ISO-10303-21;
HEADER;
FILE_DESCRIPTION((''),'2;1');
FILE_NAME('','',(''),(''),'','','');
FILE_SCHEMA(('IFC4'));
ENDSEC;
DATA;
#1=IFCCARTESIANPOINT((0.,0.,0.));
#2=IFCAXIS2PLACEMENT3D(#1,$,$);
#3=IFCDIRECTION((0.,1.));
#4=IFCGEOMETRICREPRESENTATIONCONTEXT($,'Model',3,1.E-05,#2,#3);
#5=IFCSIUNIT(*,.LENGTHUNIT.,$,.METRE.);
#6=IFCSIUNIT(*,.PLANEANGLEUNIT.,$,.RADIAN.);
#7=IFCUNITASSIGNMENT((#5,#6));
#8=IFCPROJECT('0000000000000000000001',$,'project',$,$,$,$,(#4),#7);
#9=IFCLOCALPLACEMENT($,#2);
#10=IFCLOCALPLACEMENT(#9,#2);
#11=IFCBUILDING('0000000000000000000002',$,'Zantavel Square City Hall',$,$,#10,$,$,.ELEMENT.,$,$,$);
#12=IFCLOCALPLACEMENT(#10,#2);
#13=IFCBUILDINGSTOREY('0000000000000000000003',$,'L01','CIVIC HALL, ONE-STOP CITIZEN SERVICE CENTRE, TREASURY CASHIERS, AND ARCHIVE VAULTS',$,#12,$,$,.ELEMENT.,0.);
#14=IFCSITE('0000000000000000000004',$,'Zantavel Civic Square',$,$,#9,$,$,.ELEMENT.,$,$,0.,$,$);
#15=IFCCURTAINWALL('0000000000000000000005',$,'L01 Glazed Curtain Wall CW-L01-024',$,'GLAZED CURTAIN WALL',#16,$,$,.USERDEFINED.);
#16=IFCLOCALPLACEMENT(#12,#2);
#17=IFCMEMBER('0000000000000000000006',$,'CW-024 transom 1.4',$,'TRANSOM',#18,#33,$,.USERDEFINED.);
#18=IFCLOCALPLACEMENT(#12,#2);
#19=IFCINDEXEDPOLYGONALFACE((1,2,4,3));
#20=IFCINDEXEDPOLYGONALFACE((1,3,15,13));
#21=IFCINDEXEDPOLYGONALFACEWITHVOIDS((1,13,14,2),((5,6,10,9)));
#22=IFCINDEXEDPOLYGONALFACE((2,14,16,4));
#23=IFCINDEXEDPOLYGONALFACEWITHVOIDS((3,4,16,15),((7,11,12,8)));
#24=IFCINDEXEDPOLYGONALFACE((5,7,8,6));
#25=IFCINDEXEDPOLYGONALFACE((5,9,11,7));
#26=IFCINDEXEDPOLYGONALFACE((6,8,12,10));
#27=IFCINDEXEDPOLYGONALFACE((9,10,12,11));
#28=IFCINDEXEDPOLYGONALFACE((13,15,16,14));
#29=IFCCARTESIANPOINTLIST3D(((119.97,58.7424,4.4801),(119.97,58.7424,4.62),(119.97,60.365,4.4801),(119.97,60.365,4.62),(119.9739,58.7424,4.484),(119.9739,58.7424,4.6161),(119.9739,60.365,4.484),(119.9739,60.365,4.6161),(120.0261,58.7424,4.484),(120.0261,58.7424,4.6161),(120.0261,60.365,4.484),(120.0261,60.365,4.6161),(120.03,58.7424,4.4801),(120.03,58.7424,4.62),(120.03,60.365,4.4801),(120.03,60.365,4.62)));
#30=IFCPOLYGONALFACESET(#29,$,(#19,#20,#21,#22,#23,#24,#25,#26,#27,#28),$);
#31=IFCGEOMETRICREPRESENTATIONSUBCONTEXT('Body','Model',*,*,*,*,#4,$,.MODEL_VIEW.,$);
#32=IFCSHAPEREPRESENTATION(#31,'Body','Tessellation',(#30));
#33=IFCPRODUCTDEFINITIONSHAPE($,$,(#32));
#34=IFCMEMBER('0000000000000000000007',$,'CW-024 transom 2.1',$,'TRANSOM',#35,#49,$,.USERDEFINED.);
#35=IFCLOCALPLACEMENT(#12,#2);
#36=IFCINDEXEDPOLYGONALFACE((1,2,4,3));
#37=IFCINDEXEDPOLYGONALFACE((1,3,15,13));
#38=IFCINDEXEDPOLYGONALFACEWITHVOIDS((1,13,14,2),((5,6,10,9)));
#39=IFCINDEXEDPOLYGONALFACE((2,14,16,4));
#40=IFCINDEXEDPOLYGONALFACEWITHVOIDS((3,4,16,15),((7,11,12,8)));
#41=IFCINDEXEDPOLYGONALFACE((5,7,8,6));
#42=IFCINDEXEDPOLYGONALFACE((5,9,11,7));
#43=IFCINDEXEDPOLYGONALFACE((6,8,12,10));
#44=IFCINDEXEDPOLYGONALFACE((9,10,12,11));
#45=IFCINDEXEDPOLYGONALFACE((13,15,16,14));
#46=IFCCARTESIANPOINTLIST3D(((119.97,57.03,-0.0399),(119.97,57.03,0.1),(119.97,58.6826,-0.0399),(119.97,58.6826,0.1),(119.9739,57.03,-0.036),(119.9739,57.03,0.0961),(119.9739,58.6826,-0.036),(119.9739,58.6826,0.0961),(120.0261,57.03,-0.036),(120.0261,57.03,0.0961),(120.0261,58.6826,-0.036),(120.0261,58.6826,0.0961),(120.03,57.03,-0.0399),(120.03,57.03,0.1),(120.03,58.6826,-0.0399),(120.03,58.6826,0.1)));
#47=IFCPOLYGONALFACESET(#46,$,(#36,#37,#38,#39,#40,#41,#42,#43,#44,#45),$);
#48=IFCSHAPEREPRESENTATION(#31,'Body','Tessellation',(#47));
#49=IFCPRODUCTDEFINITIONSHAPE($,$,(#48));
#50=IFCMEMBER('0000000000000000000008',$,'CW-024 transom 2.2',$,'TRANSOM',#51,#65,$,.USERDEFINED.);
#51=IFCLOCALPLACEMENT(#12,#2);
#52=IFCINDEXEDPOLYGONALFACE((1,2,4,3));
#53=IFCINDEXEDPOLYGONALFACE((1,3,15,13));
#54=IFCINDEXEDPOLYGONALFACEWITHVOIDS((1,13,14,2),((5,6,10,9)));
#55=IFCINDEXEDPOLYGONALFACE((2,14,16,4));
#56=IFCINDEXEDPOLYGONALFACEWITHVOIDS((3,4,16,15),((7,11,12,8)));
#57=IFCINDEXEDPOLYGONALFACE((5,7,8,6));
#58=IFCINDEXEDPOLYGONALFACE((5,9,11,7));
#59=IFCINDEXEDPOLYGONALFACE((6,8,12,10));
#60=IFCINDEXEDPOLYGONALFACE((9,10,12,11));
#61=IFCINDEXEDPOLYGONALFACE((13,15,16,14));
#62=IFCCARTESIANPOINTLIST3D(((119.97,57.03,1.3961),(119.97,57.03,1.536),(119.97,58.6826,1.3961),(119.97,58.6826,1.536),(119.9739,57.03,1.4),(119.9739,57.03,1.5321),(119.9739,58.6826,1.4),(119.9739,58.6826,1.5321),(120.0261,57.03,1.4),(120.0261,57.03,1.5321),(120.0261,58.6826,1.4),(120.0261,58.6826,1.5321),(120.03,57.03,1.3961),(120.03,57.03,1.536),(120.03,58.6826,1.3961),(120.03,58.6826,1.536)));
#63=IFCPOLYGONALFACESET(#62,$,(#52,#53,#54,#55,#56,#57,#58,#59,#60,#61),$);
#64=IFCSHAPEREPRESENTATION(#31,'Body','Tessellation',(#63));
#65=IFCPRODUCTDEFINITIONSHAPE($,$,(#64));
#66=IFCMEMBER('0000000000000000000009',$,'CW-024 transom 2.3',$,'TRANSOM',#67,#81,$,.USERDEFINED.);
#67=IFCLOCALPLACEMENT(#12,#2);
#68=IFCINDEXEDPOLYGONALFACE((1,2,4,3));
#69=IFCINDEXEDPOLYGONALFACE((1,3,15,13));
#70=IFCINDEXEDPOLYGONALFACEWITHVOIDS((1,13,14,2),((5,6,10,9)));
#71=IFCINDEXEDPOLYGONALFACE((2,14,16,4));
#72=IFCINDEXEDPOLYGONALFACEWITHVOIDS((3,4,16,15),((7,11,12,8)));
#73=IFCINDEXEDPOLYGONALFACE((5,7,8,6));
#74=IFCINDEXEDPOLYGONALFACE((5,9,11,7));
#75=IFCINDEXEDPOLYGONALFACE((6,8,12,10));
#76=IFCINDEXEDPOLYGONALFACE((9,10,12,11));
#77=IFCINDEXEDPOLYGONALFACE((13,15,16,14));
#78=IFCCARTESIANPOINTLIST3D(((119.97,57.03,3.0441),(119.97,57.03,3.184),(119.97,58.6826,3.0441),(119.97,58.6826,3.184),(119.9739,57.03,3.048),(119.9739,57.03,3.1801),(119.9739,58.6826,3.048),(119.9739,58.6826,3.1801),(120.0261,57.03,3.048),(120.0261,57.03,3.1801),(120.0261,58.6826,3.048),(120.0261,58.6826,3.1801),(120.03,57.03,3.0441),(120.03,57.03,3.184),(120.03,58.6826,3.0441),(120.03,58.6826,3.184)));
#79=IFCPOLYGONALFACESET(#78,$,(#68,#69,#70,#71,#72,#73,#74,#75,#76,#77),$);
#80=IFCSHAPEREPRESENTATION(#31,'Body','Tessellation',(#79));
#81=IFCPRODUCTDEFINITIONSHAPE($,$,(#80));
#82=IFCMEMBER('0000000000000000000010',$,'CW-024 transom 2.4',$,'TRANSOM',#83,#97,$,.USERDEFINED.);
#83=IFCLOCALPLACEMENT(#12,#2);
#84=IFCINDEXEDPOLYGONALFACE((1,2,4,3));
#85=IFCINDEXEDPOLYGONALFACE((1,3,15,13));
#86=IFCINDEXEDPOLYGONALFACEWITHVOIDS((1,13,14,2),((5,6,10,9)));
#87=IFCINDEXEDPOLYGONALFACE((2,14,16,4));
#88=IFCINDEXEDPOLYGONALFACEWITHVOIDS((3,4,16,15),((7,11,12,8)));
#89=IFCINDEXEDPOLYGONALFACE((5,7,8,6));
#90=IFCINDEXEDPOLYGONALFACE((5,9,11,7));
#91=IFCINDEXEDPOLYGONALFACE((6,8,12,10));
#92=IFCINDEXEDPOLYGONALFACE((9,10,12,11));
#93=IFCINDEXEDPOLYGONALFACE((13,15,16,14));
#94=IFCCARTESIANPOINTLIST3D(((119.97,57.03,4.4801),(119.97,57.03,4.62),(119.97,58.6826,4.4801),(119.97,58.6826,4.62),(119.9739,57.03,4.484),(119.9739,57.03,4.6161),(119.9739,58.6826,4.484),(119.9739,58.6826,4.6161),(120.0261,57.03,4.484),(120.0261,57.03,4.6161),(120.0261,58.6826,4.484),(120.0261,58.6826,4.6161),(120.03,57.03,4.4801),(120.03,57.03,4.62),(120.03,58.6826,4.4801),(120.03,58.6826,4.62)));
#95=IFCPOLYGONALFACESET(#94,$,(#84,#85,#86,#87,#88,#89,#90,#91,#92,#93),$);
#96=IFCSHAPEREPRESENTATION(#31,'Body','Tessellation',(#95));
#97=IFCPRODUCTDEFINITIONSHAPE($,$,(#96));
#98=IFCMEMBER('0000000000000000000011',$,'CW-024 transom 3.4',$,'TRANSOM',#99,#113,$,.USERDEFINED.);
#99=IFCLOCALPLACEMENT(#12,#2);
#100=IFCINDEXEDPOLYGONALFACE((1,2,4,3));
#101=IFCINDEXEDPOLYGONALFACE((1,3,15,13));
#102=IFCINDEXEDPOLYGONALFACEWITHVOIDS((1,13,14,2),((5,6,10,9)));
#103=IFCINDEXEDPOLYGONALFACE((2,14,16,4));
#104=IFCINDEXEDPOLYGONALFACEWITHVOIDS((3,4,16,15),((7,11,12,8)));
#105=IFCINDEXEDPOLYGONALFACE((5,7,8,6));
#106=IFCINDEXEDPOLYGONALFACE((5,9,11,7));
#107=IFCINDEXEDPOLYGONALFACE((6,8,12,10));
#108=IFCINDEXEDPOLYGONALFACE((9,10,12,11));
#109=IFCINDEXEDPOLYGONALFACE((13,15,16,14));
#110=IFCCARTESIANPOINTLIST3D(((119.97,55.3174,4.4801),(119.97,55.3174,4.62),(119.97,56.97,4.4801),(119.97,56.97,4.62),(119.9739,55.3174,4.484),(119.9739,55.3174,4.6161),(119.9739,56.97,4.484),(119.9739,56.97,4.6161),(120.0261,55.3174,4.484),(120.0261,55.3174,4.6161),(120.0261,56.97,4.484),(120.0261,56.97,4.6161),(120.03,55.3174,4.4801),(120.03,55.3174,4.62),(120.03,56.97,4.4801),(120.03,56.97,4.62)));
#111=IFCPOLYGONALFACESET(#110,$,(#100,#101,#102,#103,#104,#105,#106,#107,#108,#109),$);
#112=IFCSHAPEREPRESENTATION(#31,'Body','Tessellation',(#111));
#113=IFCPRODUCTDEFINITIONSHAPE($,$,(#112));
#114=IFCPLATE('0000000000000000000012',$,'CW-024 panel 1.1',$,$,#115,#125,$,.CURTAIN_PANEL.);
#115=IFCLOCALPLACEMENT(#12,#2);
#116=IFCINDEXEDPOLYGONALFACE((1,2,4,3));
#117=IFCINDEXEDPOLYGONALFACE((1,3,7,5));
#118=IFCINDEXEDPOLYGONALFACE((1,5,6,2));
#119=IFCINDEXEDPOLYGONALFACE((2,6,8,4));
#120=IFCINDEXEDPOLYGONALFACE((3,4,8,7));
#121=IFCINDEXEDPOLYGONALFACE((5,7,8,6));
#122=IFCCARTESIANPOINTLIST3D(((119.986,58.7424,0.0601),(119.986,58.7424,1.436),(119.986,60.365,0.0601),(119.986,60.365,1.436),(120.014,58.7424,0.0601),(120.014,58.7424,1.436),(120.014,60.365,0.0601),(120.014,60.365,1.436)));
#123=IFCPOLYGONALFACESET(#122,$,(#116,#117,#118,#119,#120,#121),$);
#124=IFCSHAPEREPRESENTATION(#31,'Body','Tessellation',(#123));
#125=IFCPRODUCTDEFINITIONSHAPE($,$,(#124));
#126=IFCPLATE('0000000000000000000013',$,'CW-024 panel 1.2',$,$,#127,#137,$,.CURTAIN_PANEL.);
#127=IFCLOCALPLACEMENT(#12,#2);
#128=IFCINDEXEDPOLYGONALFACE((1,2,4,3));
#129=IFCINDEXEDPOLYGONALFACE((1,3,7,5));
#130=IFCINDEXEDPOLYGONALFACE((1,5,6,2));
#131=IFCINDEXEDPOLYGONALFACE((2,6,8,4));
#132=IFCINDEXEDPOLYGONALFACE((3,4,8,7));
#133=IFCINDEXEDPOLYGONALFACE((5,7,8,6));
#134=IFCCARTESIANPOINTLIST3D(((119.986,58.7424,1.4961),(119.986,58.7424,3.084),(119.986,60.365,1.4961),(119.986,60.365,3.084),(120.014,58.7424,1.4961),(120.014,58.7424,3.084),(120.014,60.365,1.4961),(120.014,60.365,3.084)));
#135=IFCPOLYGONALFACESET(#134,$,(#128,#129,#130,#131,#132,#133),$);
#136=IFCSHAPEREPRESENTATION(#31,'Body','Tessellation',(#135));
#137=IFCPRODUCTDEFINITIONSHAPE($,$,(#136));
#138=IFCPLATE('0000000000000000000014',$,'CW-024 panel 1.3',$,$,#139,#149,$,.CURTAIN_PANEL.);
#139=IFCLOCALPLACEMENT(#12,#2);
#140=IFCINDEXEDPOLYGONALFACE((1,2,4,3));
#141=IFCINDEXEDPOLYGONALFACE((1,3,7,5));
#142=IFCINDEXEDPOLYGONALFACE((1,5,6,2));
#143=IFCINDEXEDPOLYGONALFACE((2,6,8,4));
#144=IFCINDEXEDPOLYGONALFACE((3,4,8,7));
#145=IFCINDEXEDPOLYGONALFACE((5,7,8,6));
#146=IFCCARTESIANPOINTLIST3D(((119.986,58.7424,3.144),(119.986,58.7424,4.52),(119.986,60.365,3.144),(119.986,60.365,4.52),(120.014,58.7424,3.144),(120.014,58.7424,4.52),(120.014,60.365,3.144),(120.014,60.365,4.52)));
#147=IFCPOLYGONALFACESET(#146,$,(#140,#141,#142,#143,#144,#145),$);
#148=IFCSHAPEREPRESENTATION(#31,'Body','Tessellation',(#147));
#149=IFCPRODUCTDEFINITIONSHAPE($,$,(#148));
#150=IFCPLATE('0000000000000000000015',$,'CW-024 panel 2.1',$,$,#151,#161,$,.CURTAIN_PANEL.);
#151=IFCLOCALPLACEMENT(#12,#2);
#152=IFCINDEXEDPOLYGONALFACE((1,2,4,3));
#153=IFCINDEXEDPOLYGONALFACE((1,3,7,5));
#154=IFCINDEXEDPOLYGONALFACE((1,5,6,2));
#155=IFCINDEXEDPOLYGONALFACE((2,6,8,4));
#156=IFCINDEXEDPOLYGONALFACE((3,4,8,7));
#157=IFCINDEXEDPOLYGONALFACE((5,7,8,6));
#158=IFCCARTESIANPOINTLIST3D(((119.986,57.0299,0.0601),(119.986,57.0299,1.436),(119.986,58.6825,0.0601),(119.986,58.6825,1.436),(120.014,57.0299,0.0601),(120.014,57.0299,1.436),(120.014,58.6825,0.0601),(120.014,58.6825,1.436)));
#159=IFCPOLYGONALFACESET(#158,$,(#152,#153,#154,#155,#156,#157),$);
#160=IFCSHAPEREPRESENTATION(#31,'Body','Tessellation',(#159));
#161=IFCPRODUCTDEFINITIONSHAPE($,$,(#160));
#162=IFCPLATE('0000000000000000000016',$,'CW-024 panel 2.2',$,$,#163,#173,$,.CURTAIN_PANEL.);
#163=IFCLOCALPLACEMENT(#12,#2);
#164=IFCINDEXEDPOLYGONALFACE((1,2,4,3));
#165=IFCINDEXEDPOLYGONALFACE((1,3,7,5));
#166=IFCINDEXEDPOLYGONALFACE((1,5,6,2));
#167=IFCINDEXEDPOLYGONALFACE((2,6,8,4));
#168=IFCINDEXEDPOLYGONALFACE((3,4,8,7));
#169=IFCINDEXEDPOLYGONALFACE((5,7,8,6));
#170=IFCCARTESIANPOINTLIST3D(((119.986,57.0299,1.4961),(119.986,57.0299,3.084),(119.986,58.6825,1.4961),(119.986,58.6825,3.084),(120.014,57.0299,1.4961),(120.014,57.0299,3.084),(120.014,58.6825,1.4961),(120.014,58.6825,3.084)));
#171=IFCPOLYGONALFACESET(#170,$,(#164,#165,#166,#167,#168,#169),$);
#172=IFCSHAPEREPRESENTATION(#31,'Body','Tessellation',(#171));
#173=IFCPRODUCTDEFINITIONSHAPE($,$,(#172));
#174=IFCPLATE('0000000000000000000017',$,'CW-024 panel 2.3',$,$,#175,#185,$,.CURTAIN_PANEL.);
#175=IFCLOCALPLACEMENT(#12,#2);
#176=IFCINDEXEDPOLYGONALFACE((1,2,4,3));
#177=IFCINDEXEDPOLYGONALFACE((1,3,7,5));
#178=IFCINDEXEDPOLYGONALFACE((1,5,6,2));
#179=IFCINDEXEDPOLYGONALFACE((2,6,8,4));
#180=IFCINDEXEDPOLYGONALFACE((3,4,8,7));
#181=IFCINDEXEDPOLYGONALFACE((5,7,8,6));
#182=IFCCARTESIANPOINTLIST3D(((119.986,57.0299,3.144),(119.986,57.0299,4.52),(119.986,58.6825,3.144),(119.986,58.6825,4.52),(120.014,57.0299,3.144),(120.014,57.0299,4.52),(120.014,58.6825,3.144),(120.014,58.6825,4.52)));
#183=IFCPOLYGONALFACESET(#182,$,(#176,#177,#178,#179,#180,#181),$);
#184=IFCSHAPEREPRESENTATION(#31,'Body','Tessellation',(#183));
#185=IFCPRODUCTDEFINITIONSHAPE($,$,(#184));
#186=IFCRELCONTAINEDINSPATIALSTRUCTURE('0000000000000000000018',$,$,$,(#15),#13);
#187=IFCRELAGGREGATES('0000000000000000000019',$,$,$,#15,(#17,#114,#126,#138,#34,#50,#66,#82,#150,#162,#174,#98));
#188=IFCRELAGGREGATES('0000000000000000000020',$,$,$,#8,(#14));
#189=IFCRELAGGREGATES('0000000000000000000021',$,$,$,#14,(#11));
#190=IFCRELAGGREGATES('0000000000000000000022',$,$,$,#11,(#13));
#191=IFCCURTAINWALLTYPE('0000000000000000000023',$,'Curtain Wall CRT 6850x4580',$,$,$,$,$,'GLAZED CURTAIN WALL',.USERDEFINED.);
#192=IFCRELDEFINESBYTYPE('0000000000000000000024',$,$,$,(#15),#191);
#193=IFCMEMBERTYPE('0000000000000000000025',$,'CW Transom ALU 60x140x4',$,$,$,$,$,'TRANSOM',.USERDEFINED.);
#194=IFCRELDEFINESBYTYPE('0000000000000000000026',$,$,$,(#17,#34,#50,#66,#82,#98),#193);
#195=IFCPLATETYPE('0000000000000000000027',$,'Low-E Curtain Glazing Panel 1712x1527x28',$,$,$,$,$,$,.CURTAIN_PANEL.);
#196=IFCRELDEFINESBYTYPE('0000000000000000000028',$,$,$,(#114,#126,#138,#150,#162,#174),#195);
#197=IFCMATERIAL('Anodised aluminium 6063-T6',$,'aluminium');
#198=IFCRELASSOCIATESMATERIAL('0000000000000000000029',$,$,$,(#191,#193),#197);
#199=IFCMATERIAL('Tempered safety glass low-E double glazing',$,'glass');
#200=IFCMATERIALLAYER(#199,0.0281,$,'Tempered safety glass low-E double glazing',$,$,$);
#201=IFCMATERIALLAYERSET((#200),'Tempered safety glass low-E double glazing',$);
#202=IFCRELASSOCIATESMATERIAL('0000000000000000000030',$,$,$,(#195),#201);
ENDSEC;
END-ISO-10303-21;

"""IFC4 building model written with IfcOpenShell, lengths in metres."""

from ifc_helpers import new_model, si_unit, direction, frame, origin, origin_2d, place, context, subcontext, project, spatial, rectangle, hollow_rectangle, extrude, material, layer, layer_set, material_profile, profile_set, type_object, element, aggregate, save


model = new_model("IFC4")

# Units and contexts
model_context = context("Model", 3, precision=1e-05, world=origin(), true_north=direction((0.0, 1.0)))
body_context = subcontext(model_context, "Body", "Model", "MODEL_VIEW")
ifc_project = project(units=[si_unit("LENGTHUNIT", "METRE"), si_unit("PLANEANGLEUNIT", "RADIAN")], contexts=[model_context])

# Site, building, storey
site_placement = place(None, origin())
site = spatial("IfcSite", under=ifc_project, at=site_placement, Name="Zantavel Civic Square", CompositionType="ELEMENT", RefElevation=0.0)
building_placement = place(site_placement, origin())
building = spatial("IfcBuilding", under=site, at=building_placement, Name="Zantavel Square City Hall", CompositionType="ELEMENT")
storey_placement = place(building_placement, origin())
storey = spatial("IfcBuildingStorey", under=building, at=storey_placement, Name="L01", Description="CIVIC HALL, ONE-STOP CITIZEN SERVICE CENTRE, TREASURY CASHIERS, AND ARCHIVE VAULTS", CompositionType="ELEMENT", Elevation=0.0)

# Shared definitions
ifc_material_1 = material(Name="Anodised aluminium 6063-T6", Category="aluminium")
curtain_wall_type = type_object("IfcCurtainWallType", Name="Curtain Wall CRT 6850x4580", ElementType="GLAZED CURTAIN WALL", PredefinedType="USERDEFINED", material=ifc_material_1)

# Curtain wall, members, plates
curtain_wall_1_placement = place(storey_placement, origin())
curtain_wall_1 = element("IfcCurtainWall", 1, at=curtain_wall_1_placement, inside=storey, type_object=curtain_wall_type, Name="L01 Glazed Curtain Wall CW-L01-024", ObjectType="GLAZED CURTAIN WALL", PredefinedType="USERDEFINED")
ifc_material_profile_1 = material_profile(ifc_material_1, hollow_rectangle(XDim=0.0601, YDim=0.1399, WallThickness=0.0039, at=origin_2d()), Name="ALU 60x140x4")
ifc_profile_set_1 = profile_set([ifc_material_profile_1], Name="Anodised aluminium 6063-T6")
member_type_1 = type_object("IfcMemberType", Name="CW Transom ALU 60x140x4", ElementType="TRANSOM", PredefinedType="USERDEFINED", material=ifc_profile_set_1)
member_1_placement = place(storey_placement, frame((120.0, 60.365, 4.55), z_axis=(0.0, -1.0, 0.0), x_axis=(1.0, 0.0, 0.0)))
member_1 = element("IfcMember", 2, at=member_1_placement, type_object=member_type_1, Name="CW-024 transom 1.4", ObjectType="TRANSOM", PredefinedType="USERDEFINED", context=body_context, shape_type="SweptSolid", body=[
    extrude(hollow_rectangle(XDim=0.0601, YDim=0.1399, WallThickness=0.0039, at=origin_2d()), origin(), (0.0, 0.0, 1.0), 1.6226),
])
member_2_placement = place(storey_placement, frame((120.0, 58.6826, 0.03), z_axis=(0.0, -1.0, 0.0), x_axis=(1.0, 0.0, 0.0)))
member_2 = element("IfcMember", 3, at=member_2_placement, type_object=member_type_1, Name="CW-024 transom 2.1", ObjectType="TRANSOM", PredefinedType="USERDEFINED", context=body_context, shape_type="SweptSolid", body=[
    extrude(hollow_rectangle(XDim=0.0601, YDim=0.1399, WallThickness=0.0039, at=origin_2d()), origin(), (0.0, 0.0, 1.0), 1.6526),
])
member_3_placement = place(storey_placement, frame((120.0, 58.6826, 1.4661), z_axis=(0.0, -1.0, 0.0), x_axis=(1.0, 0.0, 0.0)))
member_3 = element("IfcMember", 4, at=member_3_placement, type_object=member_type_1, Name="CW-024 transom 2.2", ObjectType="TRANSOM", PredefinedType="USERDEFINED", context=body_context, shape_type="SweptSolid", body=[
    extrude(hollow_rectangle(XDim=0.0601, YDim=0.1399, WallThickness=0.0039, at=origin_2d()), origin(), (0.0, 0.0, 1.0), 1.6526),
])
member_4_placement = place(storey_placement, frame((120.0, 58.6826, 3.114), z_axis=(0.0, -1.0, 0.0), x_axis=(1.0, 0.0, 0.0)))
member_4 = element("IfcMember", 5, at=member_4_placement, type_object=member_type_1, Name="CW-024 transom 2.3", ObjectType="TRANSOM", PredefinedType="USERDEFINED", context=body_context, shape_type="SweptSolid", body=[
    extrude(hollow_rectangle(XDim=0.0601, YDim=0.1399, WallThickness=0.0039, at=origin_2d()), origin(), (0.0, 0.0, 1.0), 1.6526),
])
member_5_placement = place(storey_placement, frame((120.0, 58.6826, 4.55), z_axis=(0.0, -1.0, 0.0), x_axis=(1.0, 0.0, 0.0)))
member_5 = element("IfcMember", 6, at=member_5_placement, type_object=member_type_1, Name="CW-024 transom 2.4", ObjectType="TRANSOM", PredefinedType="USERDEFINED", context=body_context, shape_type="SweptSolid", body=[
    extrude(hollow_rectangle(XDim=0.0601, YDim=0.1399, WallThickness=0.0039, at=origin_2d()), origin(), (0.0, 0.0, 1.0), 1.6526),
])
member_6_placement = place(storey_placement, frame((120.0, 56.97, 4.55), z_axis=(0.0, -1.0, 0.0), x_axis=(1.0, 0.0, 0.0)))
member_6 = element("IfcMember", 7, at=member_6_placement, type_object=member_type_1, Name="CW-024 transom 3.4", ObjectType="TRANSOM", PredefinedType="USERDEFINED", context=body_context, shape_type="SweptSolid", body=[
    extrude(hollow_rectangle(XDim=0.0601, YDim=0.1399, WallThickness=0.0039, at=origin_2d()), origin(), (0.0, 0.0, 1.0), 1.6526),
])
ifc_material_2 = material(Name="Tempered safety glass low-E double glazing", Category="glass")
ifc_layer = layer(ifc_material_2, 0.0281, Name="Tempered safety glass low-E double glazing")
ifc_layer_set = layer_set([ifc_layer], Name="Tempered safety glass low-E double glazing")
plate_type = type_object("IfcPlateType", Name="Low-E Curtain Glazing Panel 1712x1527x28", PredefinedType="CURTAIN_PANEL", material=ifc_layer_set)
plate_1_placement = place(storey_placement, frame((120.0, 59.5537, 0.0601), z_axis=(0.0, 0.0, 1.0), x_axis=(0.0, -1.0, 0.0)))
plate_1 = element("IfcPlate", 8, at=plate_1_placement, type_object=plate_type, Name="CW-024 panel 1.1", PredefinedType="CURTAIN_PANEL", context=body_context, shape_type="SweptSolid", body=[
    extrude(rectangle(XDim=1.6226, YDim=0.0281, at=origin_2d()), origin(), (0.0, 0.0, 1.0), 1.376),
])
plate_2_placement = place(storey_placement, frame((120.0, 59.5537, 1.4961), z_axis=(0.0, 0.0, 1.0), x_axis=(0.0, -1.0, 0.0)))
plate_2 = element("IfcPlate", 9, at=plate_2_placement, type_object=plate_type, Name="CW-024 panel 1.2", PredefinedType="CURTAIN_PANEL", context=body_context, shape_type="SweptSolid", body=[
    extrude(rectangle(XDim=1.6226, YDim=0.0281, at=origin_2d()), origin(), (0.0, 0.0, 1.0), 1.5879),
])
plate_3_placement = place(storey_placement, frame((120.0, 59.5537, 3.144), z_axis=(0.0, 0.0, 1.0), x_axis=(0.0, -1.0, 0.0)))
plate_3 = element("IfcPlate", 10, at=plate_3_placement, type_object=plate_type, Name="CW-024 panel 1.3", PredefinedType="CURTAIN_PANEL", context=body_context, shape_type="SweptSolid", body=[
    extrude(rectangle(XDim=1.6226, YDim=0.0281, at=origin_2d()), origin(), (0.0, 0.0, 1.0), 1.376),
])
plate_4_placement = place(storey_placement, frame((120.0, 57.8562, 0.0601), z_axis=(0.0, 0.0, 1.0), x_axis=(0.0, -1.0, 0.0)))
plate_4 = element("IfcPlate", 11, at=plate_4_placement, type_object=plate_type, Name="CW-024 panel 2.1", PredefinedType="CURTAIN_PANEL", context=body_context, shape_type="SweptSolid", body=[
    extrude(rectangle(XDim=1.6526, YDim=0.0281, at=origin_2d()), origin(), (0.0, 0.0, 1.0), 1.376),
])
plate_5_placement = place(storey_placement, frame((120.0, 57.8562, 1.4961), z_axis=(0.0, 0.0, 1.0), x_axis=(0.0, -1.0, 0.0)))
plate_5 = element("IfcPlate", 12, at=plate_5_placement, type_object=plate_type, Name="CW-024 panel 2.2", PredefinedType="CURTAIN_PANEL", context=body_context, shape_type="SweptSolid", body=[
    extrude(rectangle(XDim=1.6526, YDim=0.0281, at=origin_2d()), origin(), (0.0, 0.0, 1.0), 1.5879),
])
plate_6_placement = place(storey_placement, frame((120.0, 57.8562, 3.144), z_axis=(0.0, 0.0, 1.0), x_axis=(0.0, -1.0, 0.0)))
plate_6 = element("IfcPlate", 13, at=plate_6_placement, type_object=plate_type, Name="CW-024 panel 2.3", PredefinedType="CURTAIN_PANEL", context=body_context, shape_type="SweptSolid", body=[
    extrude(rectangle(XDim=1.6526, YDim=0.0281, at=origin_2d()), origin(), (0.0, 0.0, 1.0), 1.376),
])
aggregate(curtain_wall_1, [member_1, plate_1, plate_2, plate_3, member_2, member_3, member_4, member_5, plate_4, plate_5, plate_6, member_6])

save(model, "model.ifc")
